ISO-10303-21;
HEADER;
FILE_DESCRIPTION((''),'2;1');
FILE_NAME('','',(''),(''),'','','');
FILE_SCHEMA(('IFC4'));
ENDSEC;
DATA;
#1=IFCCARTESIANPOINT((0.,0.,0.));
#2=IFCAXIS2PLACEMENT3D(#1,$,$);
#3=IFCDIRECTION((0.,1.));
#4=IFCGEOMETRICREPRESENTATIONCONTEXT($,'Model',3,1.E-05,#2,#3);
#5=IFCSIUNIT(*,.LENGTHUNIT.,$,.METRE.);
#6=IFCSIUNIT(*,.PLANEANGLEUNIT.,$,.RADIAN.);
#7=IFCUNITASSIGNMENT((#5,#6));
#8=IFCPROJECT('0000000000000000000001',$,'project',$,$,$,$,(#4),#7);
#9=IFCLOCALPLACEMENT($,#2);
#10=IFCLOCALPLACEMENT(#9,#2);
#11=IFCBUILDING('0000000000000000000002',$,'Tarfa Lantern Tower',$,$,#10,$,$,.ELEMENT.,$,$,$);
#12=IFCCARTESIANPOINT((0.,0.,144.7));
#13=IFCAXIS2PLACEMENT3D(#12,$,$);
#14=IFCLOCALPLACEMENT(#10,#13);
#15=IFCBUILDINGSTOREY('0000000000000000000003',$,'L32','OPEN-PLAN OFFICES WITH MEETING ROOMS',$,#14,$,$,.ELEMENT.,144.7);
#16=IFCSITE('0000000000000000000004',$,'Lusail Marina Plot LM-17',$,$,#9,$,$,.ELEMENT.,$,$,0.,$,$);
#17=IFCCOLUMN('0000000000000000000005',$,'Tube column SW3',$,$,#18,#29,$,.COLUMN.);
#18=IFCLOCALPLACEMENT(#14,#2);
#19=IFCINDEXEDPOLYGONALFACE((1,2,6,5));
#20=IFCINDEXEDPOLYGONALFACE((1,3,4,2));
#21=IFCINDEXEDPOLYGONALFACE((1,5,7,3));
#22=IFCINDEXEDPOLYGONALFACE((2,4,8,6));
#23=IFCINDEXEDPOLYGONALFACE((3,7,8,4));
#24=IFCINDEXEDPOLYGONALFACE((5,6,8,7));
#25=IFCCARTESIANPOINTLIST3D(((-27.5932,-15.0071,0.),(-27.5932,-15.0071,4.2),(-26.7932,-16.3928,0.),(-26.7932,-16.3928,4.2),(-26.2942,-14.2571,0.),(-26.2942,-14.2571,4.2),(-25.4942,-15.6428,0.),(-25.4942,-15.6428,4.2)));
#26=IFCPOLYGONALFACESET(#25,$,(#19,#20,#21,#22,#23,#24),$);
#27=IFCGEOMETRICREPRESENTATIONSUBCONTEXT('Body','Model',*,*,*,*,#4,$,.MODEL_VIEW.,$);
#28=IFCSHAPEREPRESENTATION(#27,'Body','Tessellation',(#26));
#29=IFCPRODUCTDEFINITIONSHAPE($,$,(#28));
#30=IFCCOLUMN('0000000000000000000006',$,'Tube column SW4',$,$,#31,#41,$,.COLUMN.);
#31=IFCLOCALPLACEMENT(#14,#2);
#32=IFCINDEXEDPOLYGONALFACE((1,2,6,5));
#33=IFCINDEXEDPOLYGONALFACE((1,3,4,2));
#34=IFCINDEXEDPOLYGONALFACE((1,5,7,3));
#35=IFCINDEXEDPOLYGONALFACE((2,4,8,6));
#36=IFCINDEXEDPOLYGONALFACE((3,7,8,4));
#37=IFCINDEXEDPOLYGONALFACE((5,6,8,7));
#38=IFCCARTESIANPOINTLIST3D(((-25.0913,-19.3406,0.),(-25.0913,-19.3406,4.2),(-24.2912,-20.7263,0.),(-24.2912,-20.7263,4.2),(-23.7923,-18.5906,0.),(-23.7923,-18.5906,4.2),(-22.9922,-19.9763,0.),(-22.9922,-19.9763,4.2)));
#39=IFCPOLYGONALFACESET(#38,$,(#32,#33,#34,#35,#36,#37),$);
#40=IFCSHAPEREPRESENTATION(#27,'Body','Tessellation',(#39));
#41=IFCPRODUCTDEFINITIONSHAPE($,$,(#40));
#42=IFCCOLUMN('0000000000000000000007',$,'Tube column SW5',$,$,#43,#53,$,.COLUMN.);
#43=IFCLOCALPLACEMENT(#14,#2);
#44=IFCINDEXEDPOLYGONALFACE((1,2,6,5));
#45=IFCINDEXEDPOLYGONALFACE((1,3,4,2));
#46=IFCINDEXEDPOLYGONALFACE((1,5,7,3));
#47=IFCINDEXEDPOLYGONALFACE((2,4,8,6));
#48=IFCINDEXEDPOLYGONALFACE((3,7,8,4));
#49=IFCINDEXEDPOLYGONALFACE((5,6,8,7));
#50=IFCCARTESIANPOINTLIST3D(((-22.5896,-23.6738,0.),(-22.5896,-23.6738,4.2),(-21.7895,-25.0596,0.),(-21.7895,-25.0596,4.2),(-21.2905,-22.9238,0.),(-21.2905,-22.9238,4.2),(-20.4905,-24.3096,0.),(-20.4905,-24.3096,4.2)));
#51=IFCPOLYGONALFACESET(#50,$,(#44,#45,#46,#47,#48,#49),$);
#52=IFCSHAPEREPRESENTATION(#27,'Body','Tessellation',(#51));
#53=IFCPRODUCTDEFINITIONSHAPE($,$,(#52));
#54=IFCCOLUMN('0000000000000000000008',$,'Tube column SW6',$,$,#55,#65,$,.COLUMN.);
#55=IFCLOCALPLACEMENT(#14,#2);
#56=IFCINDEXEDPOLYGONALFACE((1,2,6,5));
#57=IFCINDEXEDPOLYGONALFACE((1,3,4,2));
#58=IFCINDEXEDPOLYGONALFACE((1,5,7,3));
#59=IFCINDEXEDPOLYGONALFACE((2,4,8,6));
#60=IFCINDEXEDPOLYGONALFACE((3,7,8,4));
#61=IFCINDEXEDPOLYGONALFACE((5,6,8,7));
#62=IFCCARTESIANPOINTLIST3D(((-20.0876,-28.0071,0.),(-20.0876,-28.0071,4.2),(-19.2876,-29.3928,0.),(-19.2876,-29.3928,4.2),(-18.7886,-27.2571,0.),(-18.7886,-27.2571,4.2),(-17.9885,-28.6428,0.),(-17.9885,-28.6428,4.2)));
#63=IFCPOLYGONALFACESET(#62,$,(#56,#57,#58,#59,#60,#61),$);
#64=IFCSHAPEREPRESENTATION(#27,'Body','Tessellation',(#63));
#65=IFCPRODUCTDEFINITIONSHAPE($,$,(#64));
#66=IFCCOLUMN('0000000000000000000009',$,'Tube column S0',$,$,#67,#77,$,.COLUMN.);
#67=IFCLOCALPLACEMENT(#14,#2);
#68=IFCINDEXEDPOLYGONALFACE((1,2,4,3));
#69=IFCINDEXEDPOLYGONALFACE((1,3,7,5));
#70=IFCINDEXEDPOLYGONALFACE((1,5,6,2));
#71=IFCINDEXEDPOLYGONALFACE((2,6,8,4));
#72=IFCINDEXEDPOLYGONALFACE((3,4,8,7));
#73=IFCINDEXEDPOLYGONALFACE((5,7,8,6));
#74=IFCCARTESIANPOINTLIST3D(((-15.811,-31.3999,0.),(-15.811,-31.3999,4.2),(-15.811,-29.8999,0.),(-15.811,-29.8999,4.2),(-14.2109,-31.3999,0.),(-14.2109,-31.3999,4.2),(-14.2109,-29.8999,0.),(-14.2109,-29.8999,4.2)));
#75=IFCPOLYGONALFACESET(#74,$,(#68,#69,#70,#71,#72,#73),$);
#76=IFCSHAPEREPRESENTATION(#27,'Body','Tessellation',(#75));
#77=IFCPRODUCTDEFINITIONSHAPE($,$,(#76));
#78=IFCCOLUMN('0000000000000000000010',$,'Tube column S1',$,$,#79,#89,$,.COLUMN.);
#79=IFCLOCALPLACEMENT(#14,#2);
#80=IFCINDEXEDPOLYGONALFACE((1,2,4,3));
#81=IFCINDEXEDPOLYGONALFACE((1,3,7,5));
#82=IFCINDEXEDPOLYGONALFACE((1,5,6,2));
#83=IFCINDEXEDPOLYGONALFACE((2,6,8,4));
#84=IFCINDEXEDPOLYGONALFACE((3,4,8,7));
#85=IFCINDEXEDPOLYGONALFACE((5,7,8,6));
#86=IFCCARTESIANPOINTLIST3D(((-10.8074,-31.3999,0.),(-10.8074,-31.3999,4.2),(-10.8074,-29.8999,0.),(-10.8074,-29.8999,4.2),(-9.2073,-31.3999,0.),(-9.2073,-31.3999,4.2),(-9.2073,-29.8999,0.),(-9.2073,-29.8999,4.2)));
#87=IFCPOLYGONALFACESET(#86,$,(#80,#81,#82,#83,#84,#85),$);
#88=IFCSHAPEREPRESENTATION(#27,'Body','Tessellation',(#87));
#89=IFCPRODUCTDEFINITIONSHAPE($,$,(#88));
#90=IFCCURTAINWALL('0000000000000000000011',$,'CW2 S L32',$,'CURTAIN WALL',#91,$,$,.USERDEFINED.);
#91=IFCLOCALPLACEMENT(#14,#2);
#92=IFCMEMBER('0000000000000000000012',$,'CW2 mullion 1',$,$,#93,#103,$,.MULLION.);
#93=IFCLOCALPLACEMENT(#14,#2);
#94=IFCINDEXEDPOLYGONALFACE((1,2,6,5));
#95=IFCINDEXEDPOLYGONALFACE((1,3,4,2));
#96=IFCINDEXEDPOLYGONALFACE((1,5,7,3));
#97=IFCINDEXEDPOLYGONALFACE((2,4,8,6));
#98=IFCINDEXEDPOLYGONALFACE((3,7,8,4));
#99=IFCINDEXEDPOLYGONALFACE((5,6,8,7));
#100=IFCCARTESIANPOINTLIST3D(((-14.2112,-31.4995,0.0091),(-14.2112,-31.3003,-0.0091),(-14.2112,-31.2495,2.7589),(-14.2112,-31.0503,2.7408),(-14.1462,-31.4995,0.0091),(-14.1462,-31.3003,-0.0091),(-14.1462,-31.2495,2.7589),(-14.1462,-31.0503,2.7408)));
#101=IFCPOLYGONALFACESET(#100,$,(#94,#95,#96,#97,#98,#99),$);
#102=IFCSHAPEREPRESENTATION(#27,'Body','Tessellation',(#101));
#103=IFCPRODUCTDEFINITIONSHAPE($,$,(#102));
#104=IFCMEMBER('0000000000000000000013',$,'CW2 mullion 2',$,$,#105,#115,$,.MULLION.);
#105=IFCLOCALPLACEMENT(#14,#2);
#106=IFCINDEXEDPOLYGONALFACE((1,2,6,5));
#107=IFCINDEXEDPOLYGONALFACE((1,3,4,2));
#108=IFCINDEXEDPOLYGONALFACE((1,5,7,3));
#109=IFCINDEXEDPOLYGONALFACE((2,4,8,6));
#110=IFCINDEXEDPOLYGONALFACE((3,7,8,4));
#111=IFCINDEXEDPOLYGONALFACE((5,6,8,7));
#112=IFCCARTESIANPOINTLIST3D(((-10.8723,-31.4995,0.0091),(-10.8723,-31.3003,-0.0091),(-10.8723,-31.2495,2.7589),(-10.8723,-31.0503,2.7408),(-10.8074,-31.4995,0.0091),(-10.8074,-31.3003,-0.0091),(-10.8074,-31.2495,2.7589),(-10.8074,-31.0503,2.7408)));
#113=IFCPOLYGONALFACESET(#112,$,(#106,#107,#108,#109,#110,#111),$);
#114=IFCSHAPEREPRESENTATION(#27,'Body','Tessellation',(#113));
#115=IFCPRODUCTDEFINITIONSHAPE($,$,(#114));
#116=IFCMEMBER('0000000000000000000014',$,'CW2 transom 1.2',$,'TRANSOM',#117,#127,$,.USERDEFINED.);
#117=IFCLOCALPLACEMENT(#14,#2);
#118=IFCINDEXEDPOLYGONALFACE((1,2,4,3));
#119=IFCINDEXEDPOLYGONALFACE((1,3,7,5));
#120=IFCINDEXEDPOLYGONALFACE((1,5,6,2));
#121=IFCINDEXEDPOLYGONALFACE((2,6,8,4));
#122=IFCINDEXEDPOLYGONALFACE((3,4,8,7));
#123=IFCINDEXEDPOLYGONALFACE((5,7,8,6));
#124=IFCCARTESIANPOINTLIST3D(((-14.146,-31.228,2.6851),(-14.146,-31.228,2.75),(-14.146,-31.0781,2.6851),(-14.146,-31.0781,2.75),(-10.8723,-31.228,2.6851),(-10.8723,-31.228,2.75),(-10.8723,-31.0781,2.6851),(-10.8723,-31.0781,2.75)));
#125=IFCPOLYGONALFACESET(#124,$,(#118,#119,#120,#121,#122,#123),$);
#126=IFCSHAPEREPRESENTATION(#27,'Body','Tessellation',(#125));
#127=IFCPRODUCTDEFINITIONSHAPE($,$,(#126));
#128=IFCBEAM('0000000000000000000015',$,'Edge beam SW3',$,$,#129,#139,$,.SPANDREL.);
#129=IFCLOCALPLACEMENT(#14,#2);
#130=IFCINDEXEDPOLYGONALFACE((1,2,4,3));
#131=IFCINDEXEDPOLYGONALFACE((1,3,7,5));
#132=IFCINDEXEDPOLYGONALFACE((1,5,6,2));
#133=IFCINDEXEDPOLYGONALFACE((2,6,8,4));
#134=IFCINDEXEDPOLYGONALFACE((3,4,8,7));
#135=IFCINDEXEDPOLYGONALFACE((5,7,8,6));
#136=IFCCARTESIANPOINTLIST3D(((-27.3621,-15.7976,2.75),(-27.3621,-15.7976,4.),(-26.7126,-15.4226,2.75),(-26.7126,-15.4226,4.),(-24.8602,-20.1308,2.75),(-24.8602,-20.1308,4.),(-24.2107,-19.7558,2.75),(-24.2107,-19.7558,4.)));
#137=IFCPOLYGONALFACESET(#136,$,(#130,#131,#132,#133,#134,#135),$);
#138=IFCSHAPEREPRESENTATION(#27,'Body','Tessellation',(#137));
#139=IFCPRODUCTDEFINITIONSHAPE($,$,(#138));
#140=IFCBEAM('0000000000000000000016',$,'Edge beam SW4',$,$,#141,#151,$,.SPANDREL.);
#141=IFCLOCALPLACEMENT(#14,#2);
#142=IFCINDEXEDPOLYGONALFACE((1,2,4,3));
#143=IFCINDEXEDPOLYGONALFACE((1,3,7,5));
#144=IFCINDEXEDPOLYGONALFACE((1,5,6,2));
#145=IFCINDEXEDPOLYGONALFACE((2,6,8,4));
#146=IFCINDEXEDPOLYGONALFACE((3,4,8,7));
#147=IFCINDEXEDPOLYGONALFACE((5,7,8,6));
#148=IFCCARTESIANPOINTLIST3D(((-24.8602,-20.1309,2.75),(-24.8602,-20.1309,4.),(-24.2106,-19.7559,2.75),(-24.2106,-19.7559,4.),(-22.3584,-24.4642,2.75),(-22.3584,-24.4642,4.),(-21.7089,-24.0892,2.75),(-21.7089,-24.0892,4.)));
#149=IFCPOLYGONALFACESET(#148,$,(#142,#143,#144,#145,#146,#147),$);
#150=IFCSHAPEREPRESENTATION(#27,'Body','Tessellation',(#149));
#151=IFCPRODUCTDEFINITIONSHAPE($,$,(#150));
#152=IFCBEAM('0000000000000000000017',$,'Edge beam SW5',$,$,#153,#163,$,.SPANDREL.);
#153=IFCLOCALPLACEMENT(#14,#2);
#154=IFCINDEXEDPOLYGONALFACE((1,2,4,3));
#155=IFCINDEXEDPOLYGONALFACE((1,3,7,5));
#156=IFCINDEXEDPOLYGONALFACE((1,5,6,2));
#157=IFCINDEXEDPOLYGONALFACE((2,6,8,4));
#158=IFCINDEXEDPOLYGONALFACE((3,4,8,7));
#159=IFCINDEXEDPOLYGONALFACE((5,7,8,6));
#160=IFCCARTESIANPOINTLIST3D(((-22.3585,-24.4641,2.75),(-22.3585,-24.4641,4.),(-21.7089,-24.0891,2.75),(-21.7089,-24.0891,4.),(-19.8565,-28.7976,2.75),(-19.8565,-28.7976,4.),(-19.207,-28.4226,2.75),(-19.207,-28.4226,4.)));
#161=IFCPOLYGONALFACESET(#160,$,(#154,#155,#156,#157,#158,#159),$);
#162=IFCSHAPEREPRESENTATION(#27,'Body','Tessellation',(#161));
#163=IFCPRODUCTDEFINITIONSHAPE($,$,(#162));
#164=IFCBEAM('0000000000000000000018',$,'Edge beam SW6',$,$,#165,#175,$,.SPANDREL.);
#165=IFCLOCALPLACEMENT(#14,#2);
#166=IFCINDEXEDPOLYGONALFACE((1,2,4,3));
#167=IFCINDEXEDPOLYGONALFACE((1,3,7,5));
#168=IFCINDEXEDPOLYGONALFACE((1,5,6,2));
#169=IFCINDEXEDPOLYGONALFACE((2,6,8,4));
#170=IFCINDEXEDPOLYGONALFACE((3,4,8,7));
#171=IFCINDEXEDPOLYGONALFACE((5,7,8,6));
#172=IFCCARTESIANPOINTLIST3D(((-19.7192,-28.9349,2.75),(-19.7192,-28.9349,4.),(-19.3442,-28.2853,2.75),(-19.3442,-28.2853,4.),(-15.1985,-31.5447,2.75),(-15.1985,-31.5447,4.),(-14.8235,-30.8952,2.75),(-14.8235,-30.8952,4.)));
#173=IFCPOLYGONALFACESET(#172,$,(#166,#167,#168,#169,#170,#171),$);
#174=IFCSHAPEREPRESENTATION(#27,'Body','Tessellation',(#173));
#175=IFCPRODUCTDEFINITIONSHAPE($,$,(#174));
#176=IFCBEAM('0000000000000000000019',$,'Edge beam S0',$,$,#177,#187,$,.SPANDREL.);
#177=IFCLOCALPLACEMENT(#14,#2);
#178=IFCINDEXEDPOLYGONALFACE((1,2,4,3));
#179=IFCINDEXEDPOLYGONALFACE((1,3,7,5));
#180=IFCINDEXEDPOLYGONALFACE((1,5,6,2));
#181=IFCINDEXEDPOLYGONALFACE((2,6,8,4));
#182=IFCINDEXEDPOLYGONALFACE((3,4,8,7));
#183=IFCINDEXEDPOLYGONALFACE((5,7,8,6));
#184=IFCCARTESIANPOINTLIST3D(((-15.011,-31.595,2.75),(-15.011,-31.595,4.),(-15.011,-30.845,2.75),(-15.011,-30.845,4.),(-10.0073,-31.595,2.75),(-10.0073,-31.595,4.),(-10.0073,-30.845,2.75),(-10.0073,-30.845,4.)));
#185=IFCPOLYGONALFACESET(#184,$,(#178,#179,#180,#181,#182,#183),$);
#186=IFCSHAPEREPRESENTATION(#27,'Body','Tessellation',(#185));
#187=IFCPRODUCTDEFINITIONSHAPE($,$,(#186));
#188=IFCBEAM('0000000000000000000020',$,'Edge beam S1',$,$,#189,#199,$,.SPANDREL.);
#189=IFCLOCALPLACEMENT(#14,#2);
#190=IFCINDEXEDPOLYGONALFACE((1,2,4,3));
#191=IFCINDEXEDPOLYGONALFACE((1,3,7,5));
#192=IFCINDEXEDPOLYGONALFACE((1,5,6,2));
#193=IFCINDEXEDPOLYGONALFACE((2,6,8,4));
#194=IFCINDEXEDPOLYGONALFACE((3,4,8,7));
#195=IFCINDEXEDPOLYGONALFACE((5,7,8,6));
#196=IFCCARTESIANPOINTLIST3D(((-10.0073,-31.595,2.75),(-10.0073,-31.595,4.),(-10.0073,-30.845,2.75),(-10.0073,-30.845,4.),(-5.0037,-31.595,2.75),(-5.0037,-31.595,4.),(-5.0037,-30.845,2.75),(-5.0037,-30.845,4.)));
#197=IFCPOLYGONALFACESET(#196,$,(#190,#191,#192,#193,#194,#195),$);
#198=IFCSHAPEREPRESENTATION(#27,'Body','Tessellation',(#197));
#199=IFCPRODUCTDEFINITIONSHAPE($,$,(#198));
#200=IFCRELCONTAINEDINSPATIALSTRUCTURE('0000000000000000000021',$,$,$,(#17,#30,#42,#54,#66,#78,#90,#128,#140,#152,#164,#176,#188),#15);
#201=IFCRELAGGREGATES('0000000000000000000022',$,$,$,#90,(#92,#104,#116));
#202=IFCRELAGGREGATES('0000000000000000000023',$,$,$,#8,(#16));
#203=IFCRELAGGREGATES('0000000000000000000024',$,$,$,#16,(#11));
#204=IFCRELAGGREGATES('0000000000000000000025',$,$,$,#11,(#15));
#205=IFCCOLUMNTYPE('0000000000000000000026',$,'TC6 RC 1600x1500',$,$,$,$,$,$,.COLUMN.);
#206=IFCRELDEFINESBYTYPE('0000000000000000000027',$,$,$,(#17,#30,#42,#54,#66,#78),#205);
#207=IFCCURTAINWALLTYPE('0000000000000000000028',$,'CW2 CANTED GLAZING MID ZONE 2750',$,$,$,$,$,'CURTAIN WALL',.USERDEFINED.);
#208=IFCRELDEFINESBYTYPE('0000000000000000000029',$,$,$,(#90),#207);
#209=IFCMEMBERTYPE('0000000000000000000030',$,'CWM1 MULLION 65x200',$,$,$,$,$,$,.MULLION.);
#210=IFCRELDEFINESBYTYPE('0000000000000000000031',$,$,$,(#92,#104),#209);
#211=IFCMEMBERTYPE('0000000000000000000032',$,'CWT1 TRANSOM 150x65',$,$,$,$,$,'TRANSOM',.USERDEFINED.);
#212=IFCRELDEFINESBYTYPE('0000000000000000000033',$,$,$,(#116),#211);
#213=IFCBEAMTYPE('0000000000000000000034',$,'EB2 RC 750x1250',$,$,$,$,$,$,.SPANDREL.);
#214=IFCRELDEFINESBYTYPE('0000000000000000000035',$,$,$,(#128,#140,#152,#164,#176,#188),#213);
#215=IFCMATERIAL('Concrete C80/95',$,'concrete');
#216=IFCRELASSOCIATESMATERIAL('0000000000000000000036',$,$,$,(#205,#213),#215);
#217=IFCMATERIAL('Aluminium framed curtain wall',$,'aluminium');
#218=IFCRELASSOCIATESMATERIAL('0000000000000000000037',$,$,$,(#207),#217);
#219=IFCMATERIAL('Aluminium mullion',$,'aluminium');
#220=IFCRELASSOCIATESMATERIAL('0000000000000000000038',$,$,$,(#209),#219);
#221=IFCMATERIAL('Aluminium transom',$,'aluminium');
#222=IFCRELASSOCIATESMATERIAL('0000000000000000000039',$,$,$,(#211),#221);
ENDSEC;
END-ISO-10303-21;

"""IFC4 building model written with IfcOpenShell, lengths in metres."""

from ifc_helpers import new_model, si_unit, direction, frame, origin, origin_2d, place, context, subcontext, project, spatial, rectangle, extrude, material, material_profile, profile_set, type_object, element, aggregate, save


model = new_model("IFC4")

# Units and contexts
model_context = context("Model", 3, precision=1e-05, world=origin(), true_north=direction((0.0, 1.0)))
body_context = subcontext(model_context, "Body", "Model", "MODEL_VIEW")
ifc_project = project(units=[si_unit("LENGTHUNIT", "METRE"), si_unit("PLANEANGLEUNIT", "RADIAN")], contexts=[model_context])

# Site, building, storey
site_placement = place(None, origin())
site = spatial("IfcSite", under=ifc_project, at=site_placement, Name="Lusail Marina Plot LM-17", CompositionType="ELEMENT", RefElevation=0.0)
building_placement = place(site_placement, origin())
building = spatial("IfcBuilding", under=site, at=building_placement, Name="Tarfa Lantern Tower", CompositionType="ELEMENT")
storey_placement = place(building_placement, frame((0.0, 0.0, 144.7)))
storey = spatial("IfcBuildingStorey", under=building, at=storey_placement, Name="L32", Description="OPEN-PLAN OFFICES WITH MEETING ROOMS", CompositionType="ELEMENT", Elevation=144.7)

# Columns
ifc_material_1 = material(Name="Concrete C80/95", Category="concrete")
ifc_material_profile_1 = material_profile(ifc_material_1, rectangle(XDim=1.6001, YDim=1.5, at=origin_2d()), Name="RC 1600x1500")
ifc_profile_set_1 = profile_set([ifc_material_profile_1], Name="Concrete C80/95")
column_type = type_object("IfcColumnType", Name="TC6 RC 1600x1500", PredefinedType="COLUMN", material=ifc_profile_set_1)
for number, where, z_axis, x_axis, name in (
    (1, (-26.5437, -15.325, 0.0), (0.0, 0.0, 1.0), (0.5, -0.866025, 0.0), "Tube column SW3"),
    (2, (-24.0417, -19.6584, 0.0), (0.0, 0.0, 1.0), (0.5, -0.866025, 0.0), "Tube column SW4"),
    (3, (-21.54, -23.9917, 0.0), (0.0, 0.0, 1.0), (0.5, -0.866025, 0.0), "Tube column SW5"),
    (4, (-19.0381, -28.325, 0.0), (0.0, 0.0, 1.0), (0.5, -0.866025, 0.0), "Tube column SW6"),
    (5, (-15.011, -30.6499, 0.0), (0.0, 0.0, 1.0), (1.0, 0.0, 0.0), "Tube column S0"),
    (6, (-10.0073, -30.6499, 0.0), (0.0, 0.0, 1.0), (1.0, 0.0, 0.0), "Tube column S1"),
):
    element("IfcColumn", number, at=place(storey_placement, frame(where, z_axis=z_axis, x_axis=x_axis)), inside=storey, type_object=column_type, Name=name, PredefinedType="COLUMN", context=body_context, shape_type="SweptSolid", body=[
        extrude(rectangle(XDim=1.6001, YDim=1.5, at=origin_2d()), origin(), (0.0, 0.0, 1.0), 4.2),
    ])

# Curtain wall, members
ifc_material_2 = material(Name="Aluminium framed curtain wall", Category="aluminium")
curtain_wall_type = type_object("IfcCurtainWallType", Name="CW2 CANTED GLAZING MID ZONE 2750", ElementType="CURTAIN WALL", PredefinedType="USERDEFINED", material=ifc_material_2)
curtain_wall_placement = place(storey_placement, origin())
curtain_wall = element("IfcCurtainWall", 7, at=curtain_wall_placement, inside=storey, type_object=curtain_wall_type, Name="CW2 S L32", ObjectType="CURTAIN WALL", PredefinedType="USERDEFINED")
ifc_material_3 = material(Name="Aluminium mullion", Category="aluminium")
ifc_material_profile_2 = material_profile(ifc_material_3, rectangle(XDim=0.0649, YDim=0.2, at=origin_2d()), Name="AL MULLION 65x200")
ifc_profile_set_2 = profile_set([ifc_material_profile_2], Name="Aluminium mullion")
member_type_1 = type_object("IfcMemberType", Name="CWM1 MULLION 65x200", PredefinedType="MULLION", material=ifc_profile_set_2)
member_1_placement = place(storey_placement, frame((-14.1787, -31.3999, 0.0), z_axis=(0.0, 0.090536, 0.995893), x_axis=(-1.0, 0.0, 0.0)))
member_1 = element("IfcMember", 8, at=member_1_placement, type_object=member_type_1, Name="CW2 mullion 1", PredefinedType="MULLION", context=body_context, shape_type="SweptSolid", body=[
    extrude(rectangle(XDim=0.0649, YDim=0.2, at=origin_2d()), origin(), (0.0, 0.0, 1.0), 2.7612),
])
member_2_placement = place(storey_placement, frame((-10.8398, -31.3999, 0.0), z_axis=(0.0, 0.090536, 0.995893), x_axis=(-1.0, 0.0, 0.0)))
member_2 = element("IfcMember", 9, at=member_2_placement, type_object=member_type_1, Name="CW2 mullion 2", PredefinedType="MULLION", context=body_context, shape_type="SweptSolid", body=[
    extrude(rectangle(XDim=0.0649, YDim=0.2, at=origin_2d()), origin(), (0.0, 0.0, 1.0), 2.7612),
])
ifc_material_4 = material(Name="Aluminium transom", Category="aluminium")
ifc_material_profile_3 = material_profile(ifc_material_4, rectangle(XDim=0.1499, YDim=0.0649, at=origin_2d()), Name="AL TRANSOM 150x65")
ifc_profile_set_3 = profile_set([ifc_material_profile_3], Name="Aluminium transom")
member_type_2 = type_object("IfcMemberType", Name="CWT1 TRANSOM 150x65", ElementType="TRANSOM", PredefinedType="USERDEFINED", material=ifc_profile_set_3)
member_3_placement = place(storey_placement, frame((-14.146, -31.1531, 2.7175), z_axis=(1.0, 0.0, 0.0), x_axis=(0.0, 1.0, 0.0)))
member_3 = element("IfcMember", 10, at=member_3_placement, type_object=member_type_2, Name="CW2 transom 1.2", ObjectType="TRANSOM", PredefinedType="USERDEFINED", context=body_context, shape_type="SweptSolid", body=[
    extrude(rectangle(XDim=0.1499, YDim=0.0649, at=origin_2d()), origin(), (0.0, 0.0, 1.0), 3.2737),
])

# Beams
ifc_material_profile_4 = material_profile(ifc_material_1, rectangle(XDim=0.75, YDim=1.25, at=origin_2d()), Name="RC 750x1250")
ifc_profile_set_4 = profile_set([ifc_material_profile_4], Name="Concrete C80/95")
beam_type_1 = type_object("IfcBeamType", Name="EB2 RC 750x1250", PredefinedType="SPANDREL", material=ifc_profile_set_4)
for number, where, z_axis, x_axis, name in (
    (11, (-27.0374, -15.6101, 3.375), (0.500022, -0.866013, 0.0), (0.866013, 0.500022, 0.0), "Edge beam SW3"),
    (12, (-24.5354, -19.9434, 3.375), (0.499986, -0.866034, 0.0), (0.866034, 0.499986, 0.0), "Edge beam SW4"),
):
    element("IfcBeam", number, at=place(storey_placement, frame(where, z_axis=z_axis, x_axis=x_axis)), inside=storey, type_object=beam_type_1, Name=name, PredefinedType="SPANDREL", context=body_context, shape_type="SweptSolid", body=[
        extrude(rectangle(XDim=0.75, YDim=1.25, at=origin_2d()), origin(), (0.0, 0.0, 1.0), 5.0037),
    ])
beam_1_placement = place(storey_placement, frame((-22.0337, -24.2766, 3.375), z_axis=(0.500001, -0.866025, 0.0), x_axis=(0.866025, 0.500001, 0.0)))
element("IfcBeam", 13, at=beam_1_placement, inside=storey, type_object=beam_type_1, Name="Edge beam SW5", PredefinedType="SPANDREL", context=body_context, shape_type="SweptSolid", body=[
    extrude(rectangle(XDim=0.75, YDim=1.25, at=origin_2d()), origin(), (0.0, 0.0, 1.0), 5.0039),
])
beam_2_placement = place(storey_placement, frame((-19.5317, -28.6101, 3.375), z_axis=(0.866042, -0.499972, 0.0), x_axis=(0.499972, 0.866042, 0.0)))
element("IfcBeam", 14, at=beam_2_placement, inside=storey, type_object=beam_type_1, Name="Edge beam SW6", PredefinedType="SPANDREL", context=body_context, shape_type="SweptSolid", body=[
    extrude(rectangle(XDim=0.75, YDim=1.25, at=origin_2d()), origin(), (0.0, 0.0, 1.0), 5.22),
])
for number, where, z_axis, x_axis, name in (
    (15, (-15.011, -31.22, 3.375), (1.0, 0.0, 0.0), (0.0, 1.0, 0.0), "Edge beam S0"),
    (16, (-10.0073, -31.22, 3.375), (1.0, 0.0, 0.0), (0.0, 1.0, 0.0), "Edge beam S1"),
):
    element("IfcBeam", number, at=place(storey_placement, frame(where, z_axis=z_axis, x_axis=x_axis)), inside=storey, type_object=beam_type_1, Name=name, PredefinedType="SPANDREL", context=body_context, shape_type="SweptSolid", body=[
        extrude(rectangle(XDim=0.75, YDim=1.25, at=origin_2d()), origin(), (0.0, 0.0, 1.0), 5.0037),
    ])

aggregate(curtain_wall, [member_1, member_2, member_3])

save(model, "model.ifc")
